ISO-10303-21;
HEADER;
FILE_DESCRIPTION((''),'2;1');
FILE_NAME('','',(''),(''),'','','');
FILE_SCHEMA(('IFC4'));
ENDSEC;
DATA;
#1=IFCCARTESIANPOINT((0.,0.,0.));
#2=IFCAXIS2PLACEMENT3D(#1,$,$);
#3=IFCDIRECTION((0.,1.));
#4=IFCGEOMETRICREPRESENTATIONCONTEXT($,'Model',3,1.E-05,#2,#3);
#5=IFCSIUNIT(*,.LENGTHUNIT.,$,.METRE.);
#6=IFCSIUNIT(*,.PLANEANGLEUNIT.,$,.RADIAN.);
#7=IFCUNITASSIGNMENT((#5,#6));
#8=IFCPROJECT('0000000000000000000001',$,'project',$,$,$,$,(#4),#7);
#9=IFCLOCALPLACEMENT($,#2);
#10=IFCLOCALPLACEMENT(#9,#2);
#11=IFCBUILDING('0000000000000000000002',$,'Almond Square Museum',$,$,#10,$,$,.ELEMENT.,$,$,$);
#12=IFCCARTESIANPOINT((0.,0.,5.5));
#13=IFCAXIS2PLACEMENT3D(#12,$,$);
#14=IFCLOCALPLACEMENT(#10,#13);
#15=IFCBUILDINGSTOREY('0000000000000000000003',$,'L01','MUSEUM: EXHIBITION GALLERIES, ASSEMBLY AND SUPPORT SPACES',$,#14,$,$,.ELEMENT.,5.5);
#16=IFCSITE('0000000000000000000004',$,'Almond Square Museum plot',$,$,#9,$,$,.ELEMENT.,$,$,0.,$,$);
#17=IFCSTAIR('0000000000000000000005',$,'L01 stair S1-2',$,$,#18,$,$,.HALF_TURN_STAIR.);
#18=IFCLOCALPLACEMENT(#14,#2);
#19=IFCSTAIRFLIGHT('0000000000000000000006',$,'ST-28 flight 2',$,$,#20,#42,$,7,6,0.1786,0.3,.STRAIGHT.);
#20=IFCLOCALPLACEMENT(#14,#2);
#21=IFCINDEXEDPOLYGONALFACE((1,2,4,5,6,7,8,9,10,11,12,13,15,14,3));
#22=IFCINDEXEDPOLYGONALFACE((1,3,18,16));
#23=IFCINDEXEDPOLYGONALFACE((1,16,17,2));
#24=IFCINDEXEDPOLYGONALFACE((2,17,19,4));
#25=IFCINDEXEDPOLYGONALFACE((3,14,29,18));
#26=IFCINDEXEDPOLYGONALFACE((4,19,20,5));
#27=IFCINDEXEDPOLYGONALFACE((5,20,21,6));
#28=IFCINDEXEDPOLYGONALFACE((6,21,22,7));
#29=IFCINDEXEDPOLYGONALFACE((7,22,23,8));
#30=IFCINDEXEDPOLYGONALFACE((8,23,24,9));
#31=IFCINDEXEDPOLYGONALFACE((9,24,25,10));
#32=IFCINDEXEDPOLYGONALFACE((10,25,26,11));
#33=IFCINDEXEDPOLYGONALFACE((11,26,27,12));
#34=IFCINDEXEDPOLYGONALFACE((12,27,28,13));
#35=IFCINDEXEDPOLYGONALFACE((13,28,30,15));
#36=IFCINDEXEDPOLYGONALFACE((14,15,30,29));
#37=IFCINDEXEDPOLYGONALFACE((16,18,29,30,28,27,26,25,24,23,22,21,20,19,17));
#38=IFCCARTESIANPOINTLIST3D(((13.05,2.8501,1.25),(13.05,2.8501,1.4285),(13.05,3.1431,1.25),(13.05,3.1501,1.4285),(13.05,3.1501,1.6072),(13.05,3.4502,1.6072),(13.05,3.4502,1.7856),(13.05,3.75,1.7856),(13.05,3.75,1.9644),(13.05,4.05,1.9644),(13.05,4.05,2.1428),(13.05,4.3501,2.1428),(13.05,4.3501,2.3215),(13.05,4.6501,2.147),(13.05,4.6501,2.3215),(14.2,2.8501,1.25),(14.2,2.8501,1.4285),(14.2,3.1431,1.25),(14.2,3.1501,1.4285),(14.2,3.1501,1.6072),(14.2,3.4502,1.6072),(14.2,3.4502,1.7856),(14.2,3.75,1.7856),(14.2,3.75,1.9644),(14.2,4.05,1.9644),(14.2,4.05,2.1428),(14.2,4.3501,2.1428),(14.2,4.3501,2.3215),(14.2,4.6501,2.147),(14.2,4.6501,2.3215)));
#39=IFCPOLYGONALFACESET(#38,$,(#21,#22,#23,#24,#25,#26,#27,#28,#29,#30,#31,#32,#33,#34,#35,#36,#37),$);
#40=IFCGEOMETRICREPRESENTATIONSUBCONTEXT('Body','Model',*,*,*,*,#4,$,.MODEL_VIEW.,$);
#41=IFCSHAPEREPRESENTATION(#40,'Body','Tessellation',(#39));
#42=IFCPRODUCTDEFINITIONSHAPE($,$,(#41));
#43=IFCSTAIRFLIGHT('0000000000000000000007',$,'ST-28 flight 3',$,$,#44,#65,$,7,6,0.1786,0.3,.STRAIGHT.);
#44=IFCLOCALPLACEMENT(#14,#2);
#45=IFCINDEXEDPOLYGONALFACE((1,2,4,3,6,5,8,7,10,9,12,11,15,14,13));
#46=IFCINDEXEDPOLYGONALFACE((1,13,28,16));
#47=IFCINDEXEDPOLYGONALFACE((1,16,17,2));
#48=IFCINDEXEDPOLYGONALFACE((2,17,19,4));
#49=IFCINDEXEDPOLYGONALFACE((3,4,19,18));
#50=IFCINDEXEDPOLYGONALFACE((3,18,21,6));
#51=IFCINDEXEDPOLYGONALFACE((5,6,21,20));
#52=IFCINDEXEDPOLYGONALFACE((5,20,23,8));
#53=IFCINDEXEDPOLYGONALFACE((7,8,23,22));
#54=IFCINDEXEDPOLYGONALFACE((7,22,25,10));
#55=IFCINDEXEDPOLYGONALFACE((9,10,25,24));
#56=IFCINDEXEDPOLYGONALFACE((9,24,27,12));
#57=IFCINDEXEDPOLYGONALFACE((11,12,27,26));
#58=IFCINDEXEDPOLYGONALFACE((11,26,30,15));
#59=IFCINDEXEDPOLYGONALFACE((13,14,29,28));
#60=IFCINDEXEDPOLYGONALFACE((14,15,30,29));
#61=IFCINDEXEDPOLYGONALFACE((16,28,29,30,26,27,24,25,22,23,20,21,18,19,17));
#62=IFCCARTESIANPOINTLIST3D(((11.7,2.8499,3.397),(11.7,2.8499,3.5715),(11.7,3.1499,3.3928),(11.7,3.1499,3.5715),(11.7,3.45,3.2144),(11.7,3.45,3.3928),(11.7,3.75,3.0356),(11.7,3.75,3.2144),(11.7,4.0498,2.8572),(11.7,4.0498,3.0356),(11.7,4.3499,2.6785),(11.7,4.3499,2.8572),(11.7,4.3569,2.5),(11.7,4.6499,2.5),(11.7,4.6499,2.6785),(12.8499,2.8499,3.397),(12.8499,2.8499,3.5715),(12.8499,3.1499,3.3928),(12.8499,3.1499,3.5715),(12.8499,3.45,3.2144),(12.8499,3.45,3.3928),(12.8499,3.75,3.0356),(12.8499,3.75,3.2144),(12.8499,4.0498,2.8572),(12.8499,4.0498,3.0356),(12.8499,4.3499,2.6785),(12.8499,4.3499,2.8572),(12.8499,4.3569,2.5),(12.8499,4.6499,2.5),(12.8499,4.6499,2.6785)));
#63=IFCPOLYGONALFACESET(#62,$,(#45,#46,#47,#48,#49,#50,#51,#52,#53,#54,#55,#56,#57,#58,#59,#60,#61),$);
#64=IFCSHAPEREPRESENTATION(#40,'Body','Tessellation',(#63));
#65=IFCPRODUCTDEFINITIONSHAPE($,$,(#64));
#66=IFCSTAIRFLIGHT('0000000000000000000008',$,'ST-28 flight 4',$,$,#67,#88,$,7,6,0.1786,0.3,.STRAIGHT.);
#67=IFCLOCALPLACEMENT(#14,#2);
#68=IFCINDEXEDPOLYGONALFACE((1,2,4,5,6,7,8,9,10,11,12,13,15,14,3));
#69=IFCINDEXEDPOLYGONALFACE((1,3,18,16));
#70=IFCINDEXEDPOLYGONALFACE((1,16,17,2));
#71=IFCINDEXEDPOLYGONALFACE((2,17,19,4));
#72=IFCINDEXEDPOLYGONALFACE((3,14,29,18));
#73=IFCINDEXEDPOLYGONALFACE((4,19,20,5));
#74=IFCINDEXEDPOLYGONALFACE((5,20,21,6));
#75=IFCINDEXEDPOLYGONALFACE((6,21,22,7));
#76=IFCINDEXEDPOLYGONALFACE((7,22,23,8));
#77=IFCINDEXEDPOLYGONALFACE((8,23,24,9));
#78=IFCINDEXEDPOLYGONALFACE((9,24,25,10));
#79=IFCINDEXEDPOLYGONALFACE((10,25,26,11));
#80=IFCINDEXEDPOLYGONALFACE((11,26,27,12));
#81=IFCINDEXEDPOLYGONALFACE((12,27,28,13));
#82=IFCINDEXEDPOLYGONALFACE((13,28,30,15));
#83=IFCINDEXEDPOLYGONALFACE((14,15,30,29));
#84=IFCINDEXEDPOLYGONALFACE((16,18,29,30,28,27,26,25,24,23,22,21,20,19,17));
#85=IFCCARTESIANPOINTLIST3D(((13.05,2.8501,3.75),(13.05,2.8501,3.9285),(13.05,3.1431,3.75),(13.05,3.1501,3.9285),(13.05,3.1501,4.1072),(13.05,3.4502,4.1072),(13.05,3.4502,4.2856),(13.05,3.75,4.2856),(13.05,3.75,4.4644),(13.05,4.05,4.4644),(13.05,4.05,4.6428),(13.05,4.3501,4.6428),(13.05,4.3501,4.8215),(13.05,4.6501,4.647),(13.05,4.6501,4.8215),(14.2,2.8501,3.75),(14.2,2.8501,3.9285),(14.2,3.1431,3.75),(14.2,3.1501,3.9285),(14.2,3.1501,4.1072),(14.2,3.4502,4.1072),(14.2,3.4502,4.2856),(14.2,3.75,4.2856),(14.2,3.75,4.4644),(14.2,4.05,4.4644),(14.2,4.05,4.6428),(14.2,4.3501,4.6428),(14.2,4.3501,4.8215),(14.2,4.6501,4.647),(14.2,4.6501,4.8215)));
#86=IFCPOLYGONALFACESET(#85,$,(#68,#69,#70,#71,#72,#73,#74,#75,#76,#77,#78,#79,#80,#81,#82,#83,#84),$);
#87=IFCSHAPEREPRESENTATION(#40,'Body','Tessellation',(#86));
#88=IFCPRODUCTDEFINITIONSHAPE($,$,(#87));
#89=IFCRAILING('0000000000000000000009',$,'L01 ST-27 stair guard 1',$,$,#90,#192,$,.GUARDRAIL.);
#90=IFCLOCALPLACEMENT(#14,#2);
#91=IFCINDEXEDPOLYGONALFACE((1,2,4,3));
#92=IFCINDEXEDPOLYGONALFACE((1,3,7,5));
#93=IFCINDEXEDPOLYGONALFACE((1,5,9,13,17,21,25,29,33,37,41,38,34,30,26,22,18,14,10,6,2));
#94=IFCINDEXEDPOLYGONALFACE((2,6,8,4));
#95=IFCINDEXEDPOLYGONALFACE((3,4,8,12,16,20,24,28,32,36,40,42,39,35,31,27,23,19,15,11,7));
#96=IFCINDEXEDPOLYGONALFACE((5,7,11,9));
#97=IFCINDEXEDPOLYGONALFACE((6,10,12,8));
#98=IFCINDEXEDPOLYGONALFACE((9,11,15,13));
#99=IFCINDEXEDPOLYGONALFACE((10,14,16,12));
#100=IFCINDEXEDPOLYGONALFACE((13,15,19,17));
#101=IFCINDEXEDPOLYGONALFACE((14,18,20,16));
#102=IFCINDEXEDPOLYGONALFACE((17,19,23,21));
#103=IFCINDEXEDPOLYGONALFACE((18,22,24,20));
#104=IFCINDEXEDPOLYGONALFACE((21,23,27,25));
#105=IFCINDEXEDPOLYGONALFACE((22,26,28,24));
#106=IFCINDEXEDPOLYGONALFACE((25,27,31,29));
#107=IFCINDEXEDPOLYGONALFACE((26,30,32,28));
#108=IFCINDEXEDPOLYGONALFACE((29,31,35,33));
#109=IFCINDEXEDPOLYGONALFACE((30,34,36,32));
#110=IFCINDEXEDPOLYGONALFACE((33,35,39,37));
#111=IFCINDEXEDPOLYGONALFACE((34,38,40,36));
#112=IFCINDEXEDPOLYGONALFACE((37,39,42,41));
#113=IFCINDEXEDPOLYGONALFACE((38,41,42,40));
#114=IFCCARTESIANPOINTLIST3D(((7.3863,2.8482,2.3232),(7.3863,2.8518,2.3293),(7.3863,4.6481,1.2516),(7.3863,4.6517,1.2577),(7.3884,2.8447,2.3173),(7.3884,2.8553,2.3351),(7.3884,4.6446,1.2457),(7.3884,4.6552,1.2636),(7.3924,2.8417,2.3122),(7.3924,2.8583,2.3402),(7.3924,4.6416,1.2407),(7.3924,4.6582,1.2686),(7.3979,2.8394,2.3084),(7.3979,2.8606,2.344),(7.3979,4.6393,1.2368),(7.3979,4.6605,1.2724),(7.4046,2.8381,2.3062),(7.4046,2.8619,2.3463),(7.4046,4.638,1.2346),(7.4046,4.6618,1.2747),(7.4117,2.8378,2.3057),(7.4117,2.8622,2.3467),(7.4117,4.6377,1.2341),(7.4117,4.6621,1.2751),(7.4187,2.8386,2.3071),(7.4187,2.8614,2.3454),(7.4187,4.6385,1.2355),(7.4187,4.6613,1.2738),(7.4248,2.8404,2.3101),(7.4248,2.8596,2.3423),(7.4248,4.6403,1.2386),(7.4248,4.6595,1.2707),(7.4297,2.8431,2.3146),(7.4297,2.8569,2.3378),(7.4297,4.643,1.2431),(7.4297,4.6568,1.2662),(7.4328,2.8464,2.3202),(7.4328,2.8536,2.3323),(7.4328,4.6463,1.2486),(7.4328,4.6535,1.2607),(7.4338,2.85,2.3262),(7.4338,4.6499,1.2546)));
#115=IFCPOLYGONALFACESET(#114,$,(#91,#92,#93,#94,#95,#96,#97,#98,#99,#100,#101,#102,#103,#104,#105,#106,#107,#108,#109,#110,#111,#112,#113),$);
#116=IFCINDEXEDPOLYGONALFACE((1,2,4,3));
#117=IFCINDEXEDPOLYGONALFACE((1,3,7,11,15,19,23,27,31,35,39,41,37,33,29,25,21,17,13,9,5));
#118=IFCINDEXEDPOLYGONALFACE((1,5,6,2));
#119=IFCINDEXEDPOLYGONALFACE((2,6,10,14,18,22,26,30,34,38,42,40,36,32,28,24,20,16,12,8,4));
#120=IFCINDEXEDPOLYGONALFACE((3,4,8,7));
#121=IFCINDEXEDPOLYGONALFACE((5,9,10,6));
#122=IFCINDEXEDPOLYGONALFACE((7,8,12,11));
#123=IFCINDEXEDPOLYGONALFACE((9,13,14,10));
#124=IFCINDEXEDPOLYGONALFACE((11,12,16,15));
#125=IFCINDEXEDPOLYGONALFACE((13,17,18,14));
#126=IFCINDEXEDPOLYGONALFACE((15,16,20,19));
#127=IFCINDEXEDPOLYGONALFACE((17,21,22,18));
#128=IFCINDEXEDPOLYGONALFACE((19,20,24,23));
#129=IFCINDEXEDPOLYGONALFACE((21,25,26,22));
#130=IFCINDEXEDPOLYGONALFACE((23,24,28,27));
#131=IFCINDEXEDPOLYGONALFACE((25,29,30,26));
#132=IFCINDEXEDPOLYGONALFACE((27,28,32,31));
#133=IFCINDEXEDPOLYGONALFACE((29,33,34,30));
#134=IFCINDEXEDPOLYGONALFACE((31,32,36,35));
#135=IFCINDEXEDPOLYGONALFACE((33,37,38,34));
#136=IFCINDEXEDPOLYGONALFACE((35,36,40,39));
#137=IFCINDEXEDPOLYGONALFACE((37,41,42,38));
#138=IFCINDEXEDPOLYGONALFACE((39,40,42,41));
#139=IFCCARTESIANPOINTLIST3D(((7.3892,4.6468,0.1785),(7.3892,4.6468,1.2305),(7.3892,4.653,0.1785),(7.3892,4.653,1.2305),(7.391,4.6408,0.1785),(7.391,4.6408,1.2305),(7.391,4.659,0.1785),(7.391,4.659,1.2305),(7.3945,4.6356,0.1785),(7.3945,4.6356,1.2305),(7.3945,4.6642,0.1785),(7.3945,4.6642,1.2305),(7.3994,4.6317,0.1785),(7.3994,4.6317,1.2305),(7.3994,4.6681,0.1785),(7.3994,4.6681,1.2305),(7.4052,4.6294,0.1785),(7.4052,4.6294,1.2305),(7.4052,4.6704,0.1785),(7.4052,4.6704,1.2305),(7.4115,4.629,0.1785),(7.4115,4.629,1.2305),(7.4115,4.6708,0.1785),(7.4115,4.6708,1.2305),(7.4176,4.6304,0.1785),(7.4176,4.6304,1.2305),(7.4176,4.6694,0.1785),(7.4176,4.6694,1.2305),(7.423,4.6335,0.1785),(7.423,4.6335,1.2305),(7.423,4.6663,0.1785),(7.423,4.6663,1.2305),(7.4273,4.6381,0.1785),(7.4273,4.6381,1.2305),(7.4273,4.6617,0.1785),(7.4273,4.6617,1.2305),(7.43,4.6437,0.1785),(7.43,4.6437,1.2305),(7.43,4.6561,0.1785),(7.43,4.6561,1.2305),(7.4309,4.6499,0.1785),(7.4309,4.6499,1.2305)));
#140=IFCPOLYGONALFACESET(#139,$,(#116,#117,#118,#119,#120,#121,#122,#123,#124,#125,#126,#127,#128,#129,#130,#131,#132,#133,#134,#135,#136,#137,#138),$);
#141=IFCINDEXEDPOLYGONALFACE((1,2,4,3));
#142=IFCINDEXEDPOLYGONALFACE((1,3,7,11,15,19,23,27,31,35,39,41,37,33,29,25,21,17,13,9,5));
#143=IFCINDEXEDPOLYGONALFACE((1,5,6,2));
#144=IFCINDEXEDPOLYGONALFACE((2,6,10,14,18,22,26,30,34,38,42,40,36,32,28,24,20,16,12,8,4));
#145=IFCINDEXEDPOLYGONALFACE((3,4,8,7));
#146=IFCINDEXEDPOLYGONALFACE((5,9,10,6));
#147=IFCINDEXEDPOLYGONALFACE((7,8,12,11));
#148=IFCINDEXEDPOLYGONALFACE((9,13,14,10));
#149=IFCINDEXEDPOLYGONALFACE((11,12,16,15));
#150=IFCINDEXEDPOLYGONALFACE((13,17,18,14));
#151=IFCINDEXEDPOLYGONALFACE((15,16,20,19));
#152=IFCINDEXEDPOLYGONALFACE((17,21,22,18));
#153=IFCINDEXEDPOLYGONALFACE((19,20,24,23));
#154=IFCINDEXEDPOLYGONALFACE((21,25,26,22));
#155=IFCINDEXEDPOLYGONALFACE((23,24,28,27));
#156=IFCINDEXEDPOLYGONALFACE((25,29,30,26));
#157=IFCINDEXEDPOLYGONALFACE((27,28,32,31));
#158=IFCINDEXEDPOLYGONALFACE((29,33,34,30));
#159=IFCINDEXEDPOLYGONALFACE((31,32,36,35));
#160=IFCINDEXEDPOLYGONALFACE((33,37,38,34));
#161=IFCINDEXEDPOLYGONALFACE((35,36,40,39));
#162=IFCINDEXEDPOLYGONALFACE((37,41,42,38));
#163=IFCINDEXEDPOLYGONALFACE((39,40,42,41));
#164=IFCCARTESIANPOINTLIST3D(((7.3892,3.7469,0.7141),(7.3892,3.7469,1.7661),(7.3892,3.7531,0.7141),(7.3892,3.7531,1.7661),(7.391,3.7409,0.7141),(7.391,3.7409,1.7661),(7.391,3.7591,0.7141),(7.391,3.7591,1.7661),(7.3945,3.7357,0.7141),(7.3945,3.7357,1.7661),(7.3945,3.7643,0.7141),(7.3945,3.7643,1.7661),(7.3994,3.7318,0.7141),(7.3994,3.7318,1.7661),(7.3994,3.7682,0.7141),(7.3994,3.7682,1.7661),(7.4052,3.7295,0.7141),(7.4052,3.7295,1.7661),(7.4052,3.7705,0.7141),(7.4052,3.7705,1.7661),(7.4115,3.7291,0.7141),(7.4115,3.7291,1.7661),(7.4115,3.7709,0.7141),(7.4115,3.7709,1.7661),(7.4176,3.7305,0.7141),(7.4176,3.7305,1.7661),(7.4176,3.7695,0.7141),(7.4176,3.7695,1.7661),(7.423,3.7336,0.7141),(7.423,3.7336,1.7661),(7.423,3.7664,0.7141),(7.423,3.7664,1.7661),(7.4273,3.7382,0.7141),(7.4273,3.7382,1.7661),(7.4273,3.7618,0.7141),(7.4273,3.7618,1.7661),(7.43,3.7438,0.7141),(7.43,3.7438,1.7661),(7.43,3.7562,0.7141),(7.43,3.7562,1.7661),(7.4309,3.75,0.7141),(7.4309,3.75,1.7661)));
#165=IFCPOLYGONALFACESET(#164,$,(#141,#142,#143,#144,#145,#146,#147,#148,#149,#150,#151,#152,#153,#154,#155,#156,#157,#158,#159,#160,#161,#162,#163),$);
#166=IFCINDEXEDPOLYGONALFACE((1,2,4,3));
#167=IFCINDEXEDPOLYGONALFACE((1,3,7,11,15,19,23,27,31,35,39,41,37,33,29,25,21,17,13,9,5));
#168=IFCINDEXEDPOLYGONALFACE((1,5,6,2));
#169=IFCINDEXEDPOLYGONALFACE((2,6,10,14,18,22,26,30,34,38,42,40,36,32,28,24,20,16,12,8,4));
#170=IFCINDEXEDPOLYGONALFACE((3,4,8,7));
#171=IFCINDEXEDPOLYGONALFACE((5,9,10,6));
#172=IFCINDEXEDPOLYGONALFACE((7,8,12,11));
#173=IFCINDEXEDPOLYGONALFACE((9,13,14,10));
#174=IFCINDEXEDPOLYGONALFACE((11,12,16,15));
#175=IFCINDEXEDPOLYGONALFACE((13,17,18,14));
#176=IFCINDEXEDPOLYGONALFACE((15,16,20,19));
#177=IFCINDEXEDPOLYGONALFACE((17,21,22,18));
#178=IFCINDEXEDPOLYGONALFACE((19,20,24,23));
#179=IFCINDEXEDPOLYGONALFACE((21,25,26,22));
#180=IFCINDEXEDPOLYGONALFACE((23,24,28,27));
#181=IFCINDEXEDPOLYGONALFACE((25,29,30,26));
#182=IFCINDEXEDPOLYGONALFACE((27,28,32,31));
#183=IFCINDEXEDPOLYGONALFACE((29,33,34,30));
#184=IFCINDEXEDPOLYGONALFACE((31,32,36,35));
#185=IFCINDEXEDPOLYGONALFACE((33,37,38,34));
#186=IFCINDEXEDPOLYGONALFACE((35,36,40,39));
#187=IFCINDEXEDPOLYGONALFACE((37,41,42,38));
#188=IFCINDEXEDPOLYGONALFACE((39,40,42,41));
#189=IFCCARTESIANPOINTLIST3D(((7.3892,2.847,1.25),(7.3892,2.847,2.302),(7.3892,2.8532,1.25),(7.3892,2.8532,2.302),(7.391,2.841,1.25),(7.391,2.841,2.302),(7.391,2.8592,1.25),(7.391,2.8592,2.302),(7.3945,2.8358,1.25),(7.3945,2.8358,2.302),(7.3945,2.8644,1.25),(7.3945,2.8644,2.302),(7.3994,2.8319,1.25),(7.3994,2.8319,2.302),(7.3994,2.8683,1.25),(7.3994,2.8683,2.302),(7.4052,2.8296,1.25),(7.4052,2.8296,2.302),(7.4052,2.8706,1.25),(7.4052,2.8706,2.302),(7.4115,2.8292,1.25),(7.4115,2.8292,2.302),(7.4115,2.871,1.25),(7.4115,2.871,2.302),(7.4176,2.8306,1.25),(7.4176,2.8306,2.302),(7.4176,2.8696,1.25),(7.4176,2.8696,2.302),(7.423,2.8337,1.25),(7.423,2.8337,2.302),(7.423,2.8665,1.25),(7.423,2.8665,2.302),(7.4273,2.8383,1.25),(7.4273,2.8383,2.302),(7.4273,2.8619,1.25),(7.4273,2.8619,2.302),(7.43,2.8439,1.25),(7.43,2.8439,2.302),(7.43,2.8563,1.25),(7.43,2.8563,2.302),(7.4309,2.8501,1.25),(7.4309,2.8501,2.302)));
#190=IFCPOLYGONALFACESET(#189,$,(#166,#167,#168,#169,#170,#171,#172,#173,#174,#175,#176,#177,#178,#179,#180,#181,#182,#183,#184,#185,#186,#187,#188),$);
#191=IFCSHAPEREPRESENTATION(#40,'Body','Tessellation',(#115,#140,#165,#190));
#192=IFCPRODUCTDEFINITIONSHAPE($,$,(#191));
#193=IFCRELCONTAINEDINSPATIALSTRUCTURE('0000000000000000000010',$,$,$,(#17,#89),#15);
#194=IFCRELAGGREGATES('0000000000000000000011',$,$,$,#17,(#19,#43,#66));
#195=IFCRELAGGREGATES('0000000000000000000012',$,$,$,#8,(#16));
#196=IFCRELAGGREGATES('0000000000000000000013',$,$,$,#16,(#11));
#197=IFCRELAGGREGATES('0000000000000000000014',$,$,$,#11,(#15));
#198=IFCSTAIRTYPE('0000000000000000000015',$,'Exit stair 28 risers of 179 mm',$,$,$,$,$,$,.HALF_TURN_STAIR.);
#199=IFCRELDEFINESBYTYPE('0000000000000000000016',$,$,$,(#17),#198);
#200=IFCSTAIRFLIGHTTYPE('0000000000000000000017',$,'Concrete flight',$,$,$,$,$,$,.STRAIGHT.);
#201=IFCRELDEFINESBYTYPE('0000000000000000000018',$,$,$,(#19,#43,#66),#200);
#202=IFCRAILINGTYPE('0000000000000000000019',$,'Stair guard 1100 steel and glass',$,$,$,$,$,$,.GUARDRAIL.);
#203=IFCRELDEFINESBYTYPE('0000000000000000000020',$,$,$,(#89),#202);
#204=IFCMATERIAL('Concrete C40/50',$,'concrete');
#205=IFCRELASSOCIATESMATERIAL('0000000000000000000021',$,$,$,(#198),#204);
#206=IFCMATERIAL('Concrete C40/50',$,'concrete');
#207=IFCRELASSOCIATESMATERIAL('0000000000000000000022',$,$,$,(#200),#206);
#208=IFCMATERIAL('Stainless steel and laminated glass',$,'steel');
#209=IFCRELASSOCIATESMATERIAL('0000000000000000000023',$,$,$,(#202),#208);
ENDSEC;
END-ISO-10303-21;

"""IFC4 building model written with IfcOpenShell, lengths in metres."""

from ifc_helpers import new_model, si_unit, direction, frame, origin, origin_2d, place, context, subcontext, project, spatial, polyline, circle, outline, extrude, material, type_object, element, aggregate, save


model = new_model("IFC4")

# Units and contexts
model_context = context("Model", 3, precision=1e-05, world=origin(), true_north=direction((0.0, 1.0)))
body_context = subcontext(model_context, "Body", "Model", "MODEL_VIEW")
ifc_project = project(units=[si_unit("LENGTHUNIT", "METRE"), si_unit("PLANEANGLEUNIT", "RADIAN")], contexts=[model_context])

# Site, building, storey
site_placement = place(None, origin())
site = spatial("IfcSite", under=ifc_project, at=site_placement, Name="Almond Square Museum plot", CompositionType="ELEMENT", RefElevation=0.0)
building_placement = place(site_placement, origin())
building = spatial("IfcBuilding", under=site, at=building_placement, Name="Almond Square Museum", CompositionType="ELEMENT")
storey_placement = place(building_placement, frame((0.0, 0.0, 5.5)))
storey = spatial("IfcBuildingStorey", under=building, at=storey_placement, Name="L01", Description="MUSEUM: EXHIBITION GALLERIES, ASSEMBLY AND SUPPORT SPACES", CompositionType="ELEMENT", Elevation=5.5)

# Stair, stair flights
ifc_material_1 = material(Name="Concrete C40/50", Category="concrete")
stair_type = type_object("IfcStairType", Name="Exit stair 28 risers of 179 mm", PredefinedType="HALF_TURN_STAIR", material=ifc_material_1)
ifc_material_2 = material(Name="Concrete C40/50", Category="concrete")
stair_flight_type = type_object("IfcStairFlightType", Name="Concrete flight", PredefinedType="STRAIGHT", material=ifc_material_2)
stair_1_placement = place(storey_placement, origin())
stair_1 = element("IfcStair", 1, at=stair_1_placement, inside=storey, type_object=stair_type, Name="L01 stair S1-2", PredefinedType="HALF_TURN_STAIR")
stair_flight_1_placement = place(storey_placement, frame((13.625, 2.8501, 1.25), z_axis=(0.0, 0.0, 1.0), x_axis=(0.0, 1.0, 0.0)))
stair_flight_1 = element("IfcStairFlight", 2, at=stair_flight_1_placement, type_object=stair_flight_type, Name="ST-28 flight 2", NumberOfRisers=7, NumberOfTreads=6, PredefinedType="STRAIGHT", RiserHeight=0.1786, TreadLength=0.3, context=body_context, shape_type="SweptSolid", body=[
    extrude(outline(polyline([(0.0, 0.0), (0.0, 0.1785), (0.3, 0.1785), (0.3, 0.3572), (0.6001, 0.3572), (0.6001, 0.5356), (0.8999, 0.5356), (0.8999, 0.7144), (1.2, 0.7144), (1.2, 0.8928), (1.5, 0.8928), (1.5, 1.0715), (1.8, 1.0715), (1.8, 1.25), (1.8, 0.897), (0.293, 0.0), (0.0, 0.0)])), frame((0.0, 0.575, 0.0), z_axis=(0.0, -1.0, 0.0), x_axis=(1.0, 0.0, 0.0)), (0.0, 0.0, 1.0), 1.1499),
])
stair_flight_2_placement = place(storey_placement, frame((12.2749, 4.6499, 2.5), z_axis=(0.0, 0.0, 1.0), x_axis=(0.0, -1.0, 0.0)))
stair_flight_2 = element("IfcStairFlight", 3, at=stair_flight_2_placement, type_object=stair_flight_type, Name="ST-28 flight 3", NumberOfRisers=7, NumberOfTreads=6, PredefinedType="STRAIGHT", RiserHeight=0.1786, TreadLength=0.3, context=body_context, shape_type="SweptSolid", body=[
    extrude(outline(polyline([(0.0, 0.0), (0.0, 0.1785), (0.3, 0.1785), (0.3, 0.3572), (0.6001, 0.3572), (0.6001, 0.5356), (0.8999, 0.5356), (0.8999, 0.7144), (1.2, 0.7144), (1.2, 0.8928), (1.5, 0.8928), (1.5, 1.0715), (1.8, 1.0715), (1.8, 1.25), (1.8, 0.897), (0.293, 0.0), (0.0, 0.0)])), frame((0.0, 0.575, 0.0), z_axis=(0.0, -1.0, 0.0), x_axis=(1.0, 0.0, 0.0)), (0.0, 0.0, 1.0), 1.1499),
])
stair_flight_3_placement = place(storey_placement, frame((13.625, 2.8501, 3.75), z_axis=(0.0, 0.0, 1.0), x_axis=(0.0, 1.0, 0.0)))
stair_flight_3 = element("IfcStairFlight", 4, at=stair_flight_3_placement, type_object=stair_flight_type, Name="ST-28 flight 4", NumberOfRisers=7, NumberOfTreads=6, PredefinedType="STRAIGHT", RiserHeight=0.1786, TreadLength=0.3, context=body_context, shape_type="SweptSolid", body=[
    extrude(outline(polyline([(0.0, 0.0), (0.0, 0.1785), (0.3, 0.1785), (0.3, 0.3572), (0.6001, 0.3572), (0.6001, 0.5356), (0.8999, 0.5356), (0.8999, 0.7144), (1.2, 0.7144), (1.2, 0.8928), (1.5, 0.8928), (1.5, 1.0715), (1.8, 1.0715), (1.8, 1.25), (1.8, 0.897), (0.293, 0.0), (0.0, 0.0)])), frame((0.0, 0.575, 0.0), z_axis=(0.0, -1.0, 0.0), x_axis=(1.0, 0.0, 0.0)), (0.0, 0.0, 1.0), 1.1499),
])
aggregate(stair_1, [stair_flight_1, stair_flight_2, stair_flight_3])

# Railing
ifc_material_3 = material(Name="Stainless steel and laminated glass", Category="steel")
railing_type_1 = type_object("IfcRailingType", Name="Stair guard 1100 steel and glass", PredefinedType="GUARDRAIL", material=ifc_material_3)
railing_1_placement = place(storey_placement, frame((7.4099, 4.6499, 0.1785)))
element("IfcRailing", 5, at=railing_1_placement, inside=storey, type_object=railing_type_1, Name="L01 ST-27 stair guard 1", PredefinedType="GUARDRAIL", context=body_context, shape_type="SweptSolid", body=[
    extrude(circle(Radius=0.0239, at=origin_2d()), frame((0.0, 0.0, 1.0762), z_axis=(0.0, -0.859247, 0.511562), x_axis=(1.0, 0.0, 0.0)), (0.0, 0.0, 1.0), 2.0947),
    extrude(circle(Radius=0.021, at=origin_2d()), origin(), (0.0, 0.0, 1.0), 1.052),
    extrude(circle(Radius=0.021, at=origin_2d()), frame((0.0, -0.8999, 0.5356)), (0.0, 0.0, 1.0), 1.052),
    extrude(circle(Radius=0.021, at=origin_2d()), frame((0.0, -1.7998, 1.0715)), (0.0, 0.0, 1.0), 1.052),
])

save(model, "model.ifc")
